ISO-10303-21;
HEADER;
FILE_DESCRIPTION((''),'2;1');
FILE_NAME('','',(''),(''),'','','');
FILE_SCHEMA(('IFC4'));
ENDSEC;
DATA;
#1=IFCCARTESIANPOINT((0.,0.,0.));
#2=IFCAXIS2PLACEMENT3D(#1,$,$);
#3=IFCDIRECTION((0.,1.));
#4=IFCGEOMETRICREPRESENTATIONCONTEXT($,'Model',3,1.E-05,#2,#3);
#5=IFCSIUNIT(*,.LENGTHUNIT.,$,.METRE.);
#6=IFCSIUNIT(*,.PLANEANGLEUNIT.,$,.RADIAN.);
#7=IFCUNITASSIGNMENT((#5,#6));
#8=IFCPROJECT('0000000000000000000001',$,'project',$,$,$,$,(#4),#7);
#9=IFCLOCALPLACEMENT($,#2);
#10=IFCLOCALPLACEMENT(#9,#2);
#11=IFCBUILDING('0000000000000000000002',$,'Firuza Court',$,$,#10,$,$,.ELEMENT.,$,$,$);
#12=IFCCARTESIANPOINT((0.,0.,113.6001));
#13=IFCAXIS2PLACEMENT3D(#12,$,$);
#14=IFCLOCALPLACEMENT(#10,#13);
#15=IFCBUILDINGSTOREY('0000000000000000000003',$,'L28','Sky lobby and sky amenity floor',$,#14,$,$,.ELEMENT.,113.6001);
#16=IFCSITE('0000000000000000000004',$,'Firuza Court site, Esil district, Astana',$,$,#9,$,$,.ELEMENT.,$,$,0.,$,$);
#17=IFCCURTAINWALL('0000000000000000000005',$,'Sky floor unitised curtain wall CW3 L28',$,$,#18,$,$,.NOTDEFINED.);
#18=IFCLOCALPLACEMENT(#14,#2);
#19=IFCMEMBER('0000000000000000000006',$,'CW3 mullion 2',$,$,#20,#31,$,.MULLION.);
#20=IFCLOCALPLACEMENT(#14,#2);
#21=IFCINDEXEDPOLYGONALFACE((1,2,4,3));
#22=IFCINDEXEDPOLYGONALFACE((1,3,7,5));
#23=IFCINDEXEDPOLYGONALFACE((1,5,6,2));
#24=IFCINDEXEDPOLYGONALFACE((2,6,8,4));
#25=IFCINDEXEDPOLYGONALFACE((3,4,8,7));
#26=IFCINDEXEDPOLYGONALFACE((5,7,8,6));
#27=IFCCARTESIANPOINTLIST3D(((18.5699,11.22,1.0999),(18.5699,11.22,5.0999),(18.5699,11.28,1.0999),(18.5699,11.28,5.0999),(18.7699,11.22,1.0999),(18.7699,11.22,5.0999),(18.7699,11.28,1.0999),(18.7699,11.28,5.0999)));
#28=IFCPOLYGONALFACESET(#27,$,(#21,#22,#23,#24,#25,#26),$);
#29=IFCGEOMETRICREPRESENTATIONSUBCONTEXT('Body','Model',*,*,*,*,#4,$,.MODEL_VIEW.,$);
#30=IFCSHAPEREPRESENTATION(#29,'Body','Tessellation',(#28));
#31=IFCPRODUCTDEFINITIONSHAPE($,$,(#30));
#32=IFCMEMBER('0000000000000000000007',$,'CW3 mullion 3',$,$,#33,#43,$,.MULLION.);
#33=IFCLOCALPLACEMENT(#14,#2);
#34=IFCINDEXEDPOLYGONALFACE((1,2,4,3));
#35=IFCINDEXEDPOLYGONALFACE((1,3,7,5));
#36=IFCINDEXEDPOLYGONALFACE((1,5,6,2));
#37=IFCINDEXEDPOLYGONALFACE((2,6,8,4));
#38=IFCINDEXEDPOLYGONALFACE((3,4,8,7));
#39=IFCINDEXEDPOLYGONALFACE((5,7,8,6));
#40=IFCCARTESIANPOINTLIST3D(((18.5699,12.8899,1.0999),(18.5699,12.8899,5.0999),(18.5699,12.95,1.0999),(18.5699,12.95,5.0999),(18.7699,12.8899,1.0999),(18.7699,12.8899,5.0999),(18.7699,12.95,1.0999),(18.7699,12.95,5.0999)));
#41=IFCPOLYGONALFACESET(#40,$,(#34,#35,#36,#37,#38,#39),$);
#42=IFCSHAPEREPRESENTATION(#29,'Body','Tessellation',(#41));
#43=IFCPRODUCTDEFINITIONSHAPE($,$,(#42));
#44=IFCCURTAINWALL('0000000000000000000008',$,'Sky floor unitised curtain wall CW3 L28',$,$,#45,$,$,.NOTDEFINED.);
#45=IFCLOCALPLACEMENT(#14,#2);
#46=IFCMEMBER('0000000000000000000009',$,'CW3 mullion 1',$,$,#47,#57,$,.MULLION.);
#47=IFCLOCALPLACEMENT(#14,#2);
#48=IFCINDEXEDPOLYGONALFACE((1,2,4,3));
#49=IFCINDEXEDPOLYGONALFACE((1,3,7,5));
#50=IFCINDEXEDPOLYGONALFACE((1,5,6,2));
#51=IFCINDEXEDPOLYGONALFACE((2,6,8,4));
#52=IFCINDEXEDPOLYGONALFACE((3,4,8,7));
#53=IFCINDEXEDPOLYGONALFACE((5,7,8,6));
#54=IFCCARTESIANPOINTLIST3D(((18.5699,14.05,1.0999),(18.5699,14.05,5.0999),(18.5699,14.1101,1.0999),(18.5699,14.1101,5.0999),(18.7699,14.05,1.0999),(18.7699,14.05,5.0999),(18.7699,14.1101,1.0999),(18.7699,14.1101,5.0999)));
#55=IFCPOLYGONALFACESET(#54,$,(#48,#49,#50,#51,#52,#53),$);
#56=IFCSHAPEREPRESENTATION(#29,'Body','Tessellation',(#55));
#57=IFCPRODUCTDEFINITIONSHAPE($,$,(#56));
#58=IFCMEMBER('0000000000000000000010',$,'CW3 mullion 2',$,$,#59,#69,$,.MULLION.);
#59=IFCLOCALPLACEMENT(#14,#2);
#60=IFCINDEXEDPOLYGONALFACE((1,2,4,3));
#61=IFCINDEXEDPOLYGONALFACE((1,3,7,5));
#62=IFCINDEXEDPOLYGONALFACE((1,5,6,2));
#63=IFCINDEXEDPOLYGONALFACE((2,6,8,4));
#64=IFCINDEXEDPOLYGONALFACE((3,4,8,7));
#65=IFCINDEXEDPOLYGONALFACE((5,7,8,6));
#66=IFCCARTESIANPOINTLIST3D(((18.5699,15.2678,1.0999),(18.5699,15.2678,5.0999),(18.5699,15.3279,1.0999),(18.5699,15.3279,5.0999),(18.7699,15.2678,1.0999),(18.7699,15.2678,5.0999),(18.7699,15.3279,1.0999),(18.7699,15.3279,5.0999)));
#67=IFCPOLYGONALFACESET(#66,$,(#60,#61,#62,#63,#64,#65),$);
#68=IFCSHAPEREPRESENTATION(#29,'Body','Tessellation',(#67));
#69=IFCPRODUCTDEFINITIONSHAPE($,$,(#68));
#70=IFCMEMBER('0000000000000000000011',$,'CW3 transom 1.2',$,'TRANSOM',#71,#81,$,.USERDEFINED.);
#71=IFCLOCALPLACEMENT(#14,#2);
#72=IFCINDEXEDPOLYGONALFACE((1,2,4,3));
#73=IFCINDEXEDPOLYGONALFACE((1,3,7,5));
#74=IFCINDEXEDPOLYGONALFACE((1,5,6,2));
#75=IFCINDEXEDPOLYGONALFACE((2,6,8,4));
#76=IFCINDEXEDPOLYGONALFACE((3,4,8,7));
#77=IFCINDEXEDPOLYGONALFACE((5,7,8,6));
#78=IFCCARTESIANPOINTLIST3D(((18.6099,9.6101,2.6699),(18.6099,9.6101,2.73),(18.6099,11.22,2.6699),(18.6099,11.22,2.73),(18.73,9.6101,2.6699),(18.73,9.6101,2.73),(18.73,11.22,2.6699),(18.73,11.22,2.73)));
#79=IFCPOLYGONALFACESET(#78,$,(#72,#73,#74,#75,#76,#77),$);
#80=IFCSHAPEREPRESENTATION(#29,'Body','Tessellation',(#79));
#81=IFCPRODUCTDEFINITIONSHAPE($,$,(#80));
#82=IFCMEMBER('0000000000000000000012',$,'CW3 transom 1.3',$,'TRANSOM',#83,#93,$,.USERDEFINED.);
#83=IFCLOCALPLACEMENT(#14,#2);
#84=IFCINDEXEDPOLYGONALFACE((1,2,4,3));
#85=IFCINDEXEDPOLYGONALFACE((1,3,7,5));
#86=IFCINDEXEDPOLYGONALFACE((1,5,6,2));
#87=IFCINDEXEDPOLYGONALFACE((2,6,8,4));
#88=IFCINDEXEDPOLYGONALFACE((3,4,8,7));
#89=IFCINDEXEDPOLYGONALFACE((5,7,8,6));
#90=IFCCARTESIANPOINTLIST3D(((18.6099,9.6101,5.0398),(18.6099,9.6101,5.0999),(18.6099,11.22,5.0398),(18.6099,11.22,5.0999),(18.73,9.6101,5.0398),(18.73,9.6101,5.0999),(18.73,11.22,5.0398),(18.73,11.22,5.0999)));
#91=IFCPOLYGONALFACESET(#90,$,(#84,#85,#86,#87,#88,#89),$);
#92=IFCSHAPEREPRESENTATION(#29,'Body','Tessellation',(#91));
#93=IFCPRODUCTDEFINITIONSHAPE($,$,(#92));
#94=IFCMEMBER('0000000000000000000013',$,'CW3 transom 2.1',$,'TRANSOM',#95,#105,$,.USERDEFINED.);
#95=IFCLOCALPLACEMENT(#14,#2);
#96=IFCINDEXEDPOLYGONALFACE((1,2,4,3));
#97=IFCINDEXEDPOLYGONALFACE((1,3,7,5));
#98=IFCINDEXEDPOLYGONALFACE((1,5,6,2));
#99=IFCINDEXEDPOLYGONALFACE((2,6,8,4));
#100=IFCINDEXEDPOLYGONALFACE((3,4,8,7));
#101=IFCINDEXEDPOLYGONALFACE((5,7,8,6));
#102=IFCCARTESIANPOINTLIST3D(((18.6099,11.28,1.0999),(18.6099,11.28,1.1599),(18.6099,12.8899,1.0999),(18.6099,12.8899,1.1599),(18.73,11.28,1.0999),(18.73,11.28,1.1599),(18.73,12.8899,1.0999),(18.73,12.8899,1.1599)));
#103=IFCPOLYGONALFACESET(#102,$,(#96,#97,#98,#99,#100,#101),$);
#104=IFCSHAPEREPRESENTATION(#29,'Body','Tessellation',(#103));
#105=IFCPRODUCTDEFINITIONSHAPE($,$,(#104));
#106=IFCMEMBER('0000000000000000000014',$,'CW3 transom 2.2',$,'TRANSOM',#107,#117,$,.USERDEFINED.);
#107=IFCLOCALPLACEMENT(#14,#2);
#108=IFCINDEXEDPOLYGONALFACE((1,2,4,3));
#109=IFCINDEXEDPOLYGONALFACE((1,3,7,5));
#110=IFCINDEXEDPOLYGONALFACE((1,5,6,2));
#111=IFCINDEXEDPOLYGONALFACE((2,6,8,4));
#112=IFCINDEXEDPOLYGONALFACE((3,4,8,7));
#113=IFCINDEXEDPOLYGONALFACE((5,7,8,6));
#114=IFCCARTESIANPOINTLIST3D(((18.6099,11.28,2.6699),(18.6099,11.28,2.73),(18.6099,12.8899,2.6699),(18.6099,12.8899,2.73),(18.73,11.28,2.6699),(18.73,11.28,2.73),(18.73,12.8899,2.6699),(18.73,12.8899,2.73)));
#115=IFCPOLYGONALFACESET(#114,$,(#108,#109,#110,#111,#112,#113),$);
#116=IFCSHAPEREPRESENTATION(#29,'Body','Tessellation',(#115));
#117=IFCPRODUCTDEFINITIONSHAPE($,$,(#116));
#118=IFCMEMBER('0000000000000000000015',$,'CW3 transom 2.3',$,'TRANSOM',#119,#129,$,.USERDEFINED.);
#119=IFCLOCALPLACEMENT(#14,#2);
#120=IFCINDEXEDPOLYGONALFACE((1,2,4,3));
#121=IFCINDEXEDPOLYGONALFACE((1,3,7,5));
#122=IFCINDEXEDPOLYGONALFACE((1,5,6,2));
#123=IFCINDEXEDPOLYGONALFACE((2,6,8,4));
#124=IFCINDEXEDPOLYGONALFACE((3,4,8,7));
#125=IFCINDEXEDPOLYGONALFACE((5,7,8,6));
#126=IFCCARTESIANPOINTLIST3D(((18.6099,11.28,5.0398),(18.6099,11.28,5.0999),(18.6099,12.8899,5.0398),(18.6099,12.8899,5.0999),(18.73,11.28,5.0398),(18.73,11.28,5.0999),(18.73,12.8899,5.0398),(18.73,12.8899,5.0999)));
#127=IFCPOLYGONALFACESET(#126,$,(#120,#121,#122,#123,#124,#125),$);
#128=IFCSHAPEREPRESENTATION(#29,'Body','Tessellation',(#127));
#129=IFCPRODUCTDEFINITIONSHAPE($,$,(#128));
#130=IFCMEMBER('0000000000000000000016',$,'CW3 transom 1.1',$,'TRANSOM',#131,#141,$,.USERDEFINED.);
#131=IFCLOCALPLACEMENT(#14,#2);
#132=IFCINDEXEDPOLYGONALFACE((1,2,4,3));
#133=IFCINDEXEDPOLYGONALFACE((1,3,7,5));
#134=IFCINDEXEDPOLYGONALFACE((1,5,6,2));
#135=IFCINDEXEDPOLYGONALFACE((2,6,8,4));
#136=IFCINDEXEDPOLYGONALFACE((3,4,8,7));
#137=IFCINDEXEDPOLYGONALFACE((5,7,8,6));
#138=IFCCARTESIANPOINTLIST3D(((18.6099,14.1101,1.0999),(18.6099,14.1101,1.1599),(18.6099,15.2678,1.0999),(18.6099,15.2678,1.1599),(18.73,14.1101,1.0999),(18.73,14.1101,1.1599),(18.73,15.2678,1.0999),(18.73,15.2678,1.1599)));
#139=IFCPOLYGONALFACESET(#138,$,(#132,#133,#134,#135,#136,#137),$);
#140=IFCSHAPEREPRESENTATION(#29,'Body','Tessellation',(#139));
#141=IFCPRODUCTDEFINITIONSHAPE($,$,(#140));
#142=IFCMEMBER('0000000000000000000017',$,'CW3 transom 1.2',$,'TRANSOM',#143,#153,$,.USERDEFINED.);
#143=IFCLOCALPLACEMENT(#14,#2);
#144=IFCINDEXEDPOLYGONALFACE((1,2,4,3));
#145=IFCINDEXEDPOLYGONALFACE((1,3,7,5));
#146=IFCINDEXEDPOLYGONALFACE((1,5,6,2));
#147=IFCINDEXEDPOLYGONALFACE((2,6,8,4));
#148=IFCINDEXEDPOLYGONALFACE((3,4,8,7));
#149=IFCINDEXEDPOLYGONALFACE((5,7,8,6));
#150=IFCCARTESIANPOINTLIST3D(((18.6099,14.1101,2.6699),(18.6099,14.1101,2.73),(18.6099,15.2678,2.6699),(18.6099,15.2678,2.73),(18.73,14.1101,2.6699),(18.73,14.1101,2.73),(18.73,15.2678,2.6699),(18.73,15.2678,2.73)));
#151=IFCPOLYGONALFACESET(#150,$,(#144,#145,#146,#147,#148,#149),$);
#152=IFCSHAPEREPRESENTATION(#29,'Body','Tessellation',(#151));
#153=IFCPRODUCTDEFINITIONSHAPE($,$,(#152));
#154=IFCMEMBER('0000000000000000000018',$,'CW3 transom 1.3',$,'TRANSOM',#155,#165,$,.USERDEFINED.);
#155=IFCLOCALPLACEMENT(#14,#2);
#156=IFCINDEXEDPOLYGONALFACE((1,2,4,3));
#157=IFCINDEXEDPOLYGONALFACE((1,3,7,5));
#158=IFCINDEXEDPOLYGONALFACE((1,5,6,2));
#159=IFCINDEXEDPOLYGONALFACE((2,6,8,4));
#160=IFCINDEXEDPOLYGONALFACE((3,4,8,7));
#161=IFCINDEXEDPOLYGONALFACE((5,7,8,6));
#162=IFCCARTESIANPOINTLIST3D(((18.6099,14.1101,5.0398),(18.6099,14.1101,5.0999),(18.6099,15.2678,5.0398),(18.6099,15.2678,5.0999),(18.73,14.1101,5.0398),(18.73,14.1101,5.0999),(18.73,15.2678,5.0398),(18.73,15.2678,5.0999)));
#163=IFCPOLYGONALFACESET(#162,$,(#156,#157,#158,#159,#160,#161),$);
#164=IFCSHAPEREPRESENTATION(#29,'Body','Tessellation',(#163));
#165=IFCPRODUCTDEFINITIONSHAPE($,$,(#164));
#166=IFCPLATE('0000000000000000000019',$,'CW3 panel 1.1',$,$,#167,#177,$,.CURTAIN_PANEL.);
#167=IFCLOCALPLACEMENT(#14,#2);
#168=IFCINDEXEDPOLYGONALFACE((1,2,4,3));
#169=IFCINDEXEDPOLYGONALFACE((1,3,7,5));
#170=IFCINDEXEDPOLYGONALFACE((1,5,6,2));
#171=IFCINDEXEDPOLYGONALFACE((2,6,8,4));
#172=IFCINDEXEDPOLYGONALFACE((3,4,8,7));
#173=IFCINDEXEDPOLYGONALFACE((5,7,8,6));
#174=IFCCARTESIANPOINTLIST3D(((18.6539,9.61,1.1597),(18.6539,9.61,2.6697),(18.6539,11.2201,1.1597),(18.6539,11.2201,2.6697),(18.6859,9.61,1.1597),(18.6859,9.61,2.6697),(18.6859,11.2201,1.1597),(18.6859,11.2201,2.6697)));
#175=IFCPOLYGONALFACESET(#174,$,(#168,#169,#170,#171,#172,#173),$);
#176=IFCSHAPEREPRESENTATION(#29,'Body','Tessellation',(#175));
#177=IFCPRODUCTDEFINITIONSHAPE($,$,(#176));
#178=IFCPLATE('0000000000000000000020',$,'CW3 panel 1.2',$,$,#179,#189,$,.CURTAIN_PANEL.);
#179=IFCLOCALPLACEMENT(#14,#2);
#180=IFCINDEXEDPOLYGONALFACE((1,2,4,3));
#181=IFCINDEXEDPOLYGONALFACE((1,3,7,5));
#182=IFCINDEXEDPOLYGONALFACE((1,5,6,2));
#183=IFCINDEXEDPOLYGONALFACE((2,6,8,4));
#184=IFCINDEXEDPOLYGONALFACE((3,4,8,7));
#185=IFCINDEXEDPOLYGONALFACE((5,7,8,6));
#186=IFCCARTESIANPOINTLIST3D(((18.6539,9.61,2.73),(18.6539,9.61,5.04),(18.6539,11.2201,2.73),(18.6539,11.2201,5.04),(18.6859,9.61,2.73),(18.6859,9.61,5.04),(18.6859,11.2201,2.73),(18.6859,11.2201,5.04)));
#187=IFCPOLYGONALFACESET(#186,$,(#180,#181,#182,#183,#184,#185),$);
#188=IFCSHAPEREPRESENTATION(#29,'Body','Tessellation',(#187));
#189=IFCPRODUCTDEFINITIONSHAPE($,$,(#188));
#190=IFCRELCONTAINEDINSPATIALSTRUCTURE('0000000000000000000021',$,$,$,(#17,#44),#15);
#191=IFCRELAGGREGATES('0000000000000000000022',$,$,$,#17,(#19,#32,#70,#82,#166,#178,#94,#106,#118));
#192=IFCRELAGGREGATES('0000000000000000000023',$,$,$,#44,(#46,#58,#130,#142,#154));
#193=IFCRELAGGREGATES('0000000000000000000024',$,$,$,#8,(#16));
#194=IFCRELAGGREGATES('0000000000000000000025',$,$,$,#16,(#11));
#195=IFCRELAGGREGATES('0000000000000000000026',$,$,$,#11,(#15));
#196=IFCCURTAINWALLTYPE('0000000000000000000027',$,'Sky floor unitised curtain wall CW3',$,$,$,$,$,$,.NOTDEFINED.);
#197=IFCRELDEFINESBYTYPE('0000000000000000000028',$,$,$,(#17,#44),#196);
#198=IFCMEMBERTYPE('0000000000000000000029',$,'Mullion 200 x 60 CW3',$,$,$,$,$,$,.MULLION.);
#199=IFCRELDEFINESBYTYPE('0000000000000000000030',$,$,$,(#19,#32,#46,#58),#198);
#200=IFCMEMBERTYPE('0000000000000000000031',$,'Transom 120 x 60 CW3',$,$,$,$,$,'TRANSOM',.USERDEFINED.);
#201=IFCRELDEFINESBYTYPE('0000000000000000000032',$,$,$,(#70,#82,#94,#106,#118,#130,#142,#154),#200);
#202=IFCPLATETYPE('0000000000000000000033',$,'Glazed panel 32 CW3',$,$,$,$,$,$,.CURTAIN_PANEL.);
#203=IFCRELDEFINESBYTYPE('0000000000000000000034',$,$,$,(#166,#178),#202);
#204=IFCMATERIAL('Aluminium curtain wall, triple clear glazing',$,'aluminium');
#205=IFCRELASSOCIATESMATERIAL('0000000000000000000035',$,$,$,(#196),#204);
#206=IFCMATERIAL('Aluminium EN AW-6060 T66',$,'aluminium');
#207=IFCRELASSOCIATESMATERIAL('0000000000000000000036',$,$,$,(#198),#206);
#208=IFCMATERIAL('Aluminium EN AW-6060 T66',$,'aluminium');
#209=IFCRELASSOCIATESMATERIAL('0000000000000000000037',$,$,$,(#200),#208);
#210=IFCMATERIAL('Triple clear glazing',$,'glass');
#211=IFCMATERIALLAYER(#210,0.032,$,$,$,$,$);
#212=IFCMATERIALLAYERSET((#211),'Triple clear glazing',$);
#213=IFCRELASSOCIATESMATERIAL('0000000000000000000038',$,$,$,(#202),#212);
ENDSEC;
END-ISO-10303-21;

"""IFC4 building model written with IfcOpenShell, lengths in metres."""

from ifc_helpers import new_model, si_unit, direction, frame, origin, origin_2d, place, context, subcontext, project, spatial, rectangle, extrude, material, layer, layer_set, material_profile, profile_set, type_object, element, aggregate, save


model = new_model("IFC4")

# Units and contexts
model_context = context("Model", 3, precision=1e-05, world=origin(), true_north=direction((0.0, 1.0)))
body_context = subcontext(model_context, "Body", "Model", "MODEL_VIEW")
ifc_project = project(units=[si_unit("LENGTHUNIT", "METRE"), si_unit("PLANEANGLEUNIT", "RADIAN")], contexts=[model_context])

# Site, building, storey
site_placement = place(None, origin())
site = spatial("IfcSite", under=ifc_project, at=site_placement, Name="Firuza Court site, Esil district, Astana", CompositionType="ELEMENT", RefElevation=0.0)
building_placement = place(site_placement, origin())
building = spatial("IfcBuilding", under=site, at=building_placement, Name="Firuza Court", CompositionType="ELEMENT")
storey_placement = place(building_placement, frame((0.0, 0.0, 113.6001)))
storey = spatial("IfcBuildingStorey", under=building, at=storey_placement, Name="L28", Description="Sky lobby and sky amenity floor", CompositionType="ELEMENT", Elevation=113.6001)

# Curtain walls, members
ifc_material_1 = material(Name="Aluminium curtain wall, triple clear glazing", Category="aluminium")
curtain_wall_type = type_object("IfcCurtainWallType", Name="Sky floor unitised curtain wall CW3", PredefinedType="NOTDEFINED", material=ifc_material_1)
curtain_wall_1_placement = place(storey_placement, origin())
curtain_wall_1 = element("IfcCurtainWall", 1, at=curtain_wall_1_placement, inside=storey, type_object=curtain_wall_type, Name="Sky floor unitised curtain wall CW3 L28", PredefinedType="NOTDEFINED")
ifc_material_2 = material(Name="Aluminium EN AW-6060 T66", Category="aluminium")
ifc_material_profile_1 = material_profile(ifc_material_2, rectangle(XDim=0.2, YDim=0.0601, at=origin_2d()), Name="Mullion 200 x 60 CW3")
ifc_profile_set_1 = profile_set([ifc_material_profile_1], Name="Aluminium EN AW-6060 T66")
member_type_1 = type_object("IfcMemberType", Name="Mullion 200 x 60 CW3", PredefinedType="MULLION", material=ifc_profile_set_1)
member_1_placement = place(storey_placement, frame((18.6699, 11.25, 1.0999), z_axis=(0.0, 0.0, 1.0), x_axis=(-1.0, 0.0, 0.0)))
member_1 = element("IfcMember", 2, at=member_1_placement, type_object=member_type_1, Name="CW3 mullion 2", PredefinedType="MULLION", context=body_context, shape_type="SweptSolid", body=[
    extrude(rectangle(XDim=0.2, YDim=0.0601, at=origin_2d()), origin(), (0.0, 0.0, 1.0), 4.0),
])
member_2_placement = place(storey_placement, frame((18.6699, 12.9199, 1.0999), z_axis=(0.0, 0.0, 1.0), x_axis=(-1.0, 0.0, 0.0)))
member_2 = element("IfcMember", 3, at=member_2_placement, type_object=member_type_1, Name="CW3 mullion 3", PredefinedType="MULLION", context=body_context, shape_type="SweptSolid", body=[
    extrude(rectangle(XDim=0.2, YDim=0.0601, at=origin_2d()), origin(), (0.0, 0.0, 1.0), 4.0),
])
curtain_wall_2_placement = place(storey_placement, origin())
curtain_wall_2 = element("IfcCurtainWall", 4, at=curtain_wall_2_placement, inside=storey, type_object=curtain_wall_type, Name="Sky floor unitised curtain wall CW3 L28", PredefinedType="NOTDEFINED")
member_3_placement = place(storey_placement, frame((18.6699, 14.0801, 1.0999), z_axis=(0.0, 0.0, 1.0), x_axis=(-1.0, 0.0, 0.0)))
member_3 = element("IfcMember", 5, at=member_3_placement, type_object=member_type_1, Name="CW3 mullion 1", PredefinedType="MULLION", context=body_context, shape_type="SweptSolid", body=[
    extrude(rectangle(XDim=0.2, YDim=0.0601, at=origin_2d()), origin(), (0.0, 0.0, 1.0), 4.0),
])
member_4_placement = place(storey_placement, frame((18.6699, 15.2979, 1.0999), z_axis=(0.0, 0.0, 1.0), x_axis=(-1.0, 0.0, 0.0)))
member_4 = element("IfcMember", 6, at=member_4_placement, type_object=member_type_1, Name="CW3 mullion 2", PredefinedType="MULLION", context=body_context, shape_type="SweptSolid", body=[
    extrude(rectangle(XDim=0.2, YDim=0.0601, at=origin_2d()), origin(), (0.0, 0.0, 1.0), 4.0),
])

# Members
ifc_material_3 = material(Name="Aluminium EN AW-6060 T66", Category="aluminium")
ifc_material_profile_2 = material_profile(ifc_material_3, rectangle(XDim=0.1201, YDim=0.0601, at=origin_2d()), Name="Transom 120 x 60 CW3")
ifc_profile_set_2 = profile_set([ifc_material_profile_2], Name="Aluminium EN AW-6060 T66")
member_type_2 = type_object("IfcMemberType", Name="Transom 120 x 60 CW3", ElementType="TRANSOM", PredefinedType="USERDEFINED", material=ifc_profile_set_2)
member_5_placement = place(storey_placement, frame((18.6699, 9.6101, 2.7), z_axis=(0.0, 1.0, 0.0), x_axis=(-1.0, 0.0, 0.0)))
member_5 = element("IfcMember", 7, at=member_5_placement, type_object=member_type_2, Name="CW3 transom 1.2", ObjectType="TRANSOM", PredefinedType="USERDEFINED", context=body_context, shape_type="SweptSolid", body=[
    extrude(rectangle(XDim=0.1201, YDim=0.0601, at=origin_2d()), origin(), (0.0, 0.0, 1.0), 1.6099),
])
member_6_placement = place(storey_placement, frame((18.6699, 9.6101, 5.0698), z_axis=(0.0, 1.0, 0.0), x_axis=(-1.0, 0.0, 0.0)))
member_6 = element("IfcMember", 8, at=member_6_placement, type_object=member_type_2, Name="CW3 transom 1.3", ObjectType="TRANSOM", PredefinedType="USERDEFINED", context=body_context, shape_type="SweptSolid", body=[
    extrude(rectangle(XDim=0.1201, YDim=0.0601, at=origin_2d()), origin(), (0.0, 0.0, 1.0), 1.6099),
])
member_7_placement = place(storey_placement, frame((18.6699, 11.28, 1.1299), z_axis=(0.0, 1.0, 0.0), x_axis=(-1.0, 0.0, 0.0)))
member_7 = element("IfcMember", 9, at=member_7_placement, type_object=member_type_2, Name="CW3 transom 2.1", ObjectType="TRANSOM", PredefinedType="USERDEFINED", context=body_context, shape_type="SweptSolid", body=[
    extrude(rectangle(XDim=0.1201, YDim=0.0601, at=origin_2d()), origin(), (0.0, 0.0, 1.0), 1.6099),
])
member_8_placement = place(storey_placement, frame((18.6699, 11.28, 2.7), z_axis=(0.0, 1.0, 0.0), x_axis=(-1.0, 0.0, 0.0)))
member_8 = element("IfcMember", 10, at=member_8_placement, type_object=member_type_2, Name="CW3 transom 2.2", ObjectType="TRANSOM", PredefinedType="USERDEFINED", context=body_context, shape_type="SweptSolid", body=[
    extrude(rectangle(XDim=0.1201, YDim=0.0601, at=origin_2d()), origin(), (0.0, 0.0, 1.0), 1.6099),
])
member_9_placement = place(storey_placement, frame((18.6699, 11.28, 5.0698), z_axis=(0.0, 1.0, 0.0), x_axis=(-1.0, 0.0, 0.0)))
member_9 = element("IfcMember", 11, at=member_9_placement, type_object=member_type_2, Name="CW3 transom 2.3", ObjectType="TRANSOM", PredefinedType="USERDEFINED", context=body_context, shape_type="SweptSolid", body=[
    extrude(rectangle(XDim=0.1201, YDim=0.0601, at=origin_2d()), origin(), (0.0, 0.0, 1.0), 1.6099),
])
member_10_placement = place(storey_placement, frame((18.6699, 14.1101, 1.1299), z_axis=(0.0, 1.0, 0.0), x_axis=(-1.0, 0.0, 0.0)))
member_10 = element("IfcMember", 12, at=member_10_placement, type_object=member_type_2, Name="CW3 transom 1.1", ObjectType="TRANSOM", PredefinedType="USERDEFINED", context=body_context, shape_type="SweptSolid", body=[
    extrude(rectangle(XDim=0.1201, YDim=0.0601, at=origin_2d()), origin(), (0.0, 0.0, 1.0), 1.1577),
])
member_11_placement = place(storey_placement, frame((18.6699, 14.1101, 2.7), z_axis=(0.0, 1.0, 0.0), x_axis=(-1.0, 0.0, 0.0)))
member_11 = element("IfcMember", 13, at=member_11_placement, type_object=member_type_2, Name="CW3 transom 1.2", ObjectType="TRANSOM", PredefinedType="USERDEFINED", context=body_context, shape_type="SweptSolid", body=[
    extrude(rectangle(XDim=0.1201, YDim=0.0601, at=origin_2d()), origin(), (0.0, 0.0, 1.0), 1.1577),
])
member_12_placement = place(storey_placement, frame((18.6699, 14.1101, 5.0698), z_axis=(0.0, 1.0, 0.0), x_axis=(-1.0, 0.0, 0.0)))
member_12 = element("IfcMember", 14, at=member_12_placement, type_object=member_type_2, Name="CW3 transom 1.3", ObjectType="TRANSOM", PredefinedType="USERDEFINED", context=body_context, shape_type="SweptSolid", body=[
    extrude(rectangle(XDim=0.1201, YDim=0.0601, at=origin_2d()), origin(), (0.0, 0.0, 1.0), 1.1577),
])

# Plates
ifc_material_4 = material(Name="Triple clear glazing", Category="glass")
ifc_layer_1 = layer(ifc_material_4, 0.032)
ifc_layer_set_1 = layer_set([ifc_layer_1], Name="Triple clear glazing")
plate_type = type_object("IfcPlateType", Name="Glazed panel 32 CW3", PredefinedType="CURTAIN_PANEL", material=ifc_layer_set_1)
plate_1_placement = place(storey_placement, frame((18.6699, 10.415, 1.1597), z_axis=(0.0, 0.0, 1.0), x_axis=(0.0, 1.0, 0.0)))
plate_1 = element("IfcPlate", 15, at=plate_1_placement, type_object=plate_type, Name="CW3 panel 1.1", PredefinedType="CURTAIN_PANEL", context=body_context, shape_type="SweptSolid", body=[
    extrude(rectangle(XDim=1.6101, YDim=0.032, at=origin_2d()), origin(), (0.0, 0.0, 1.0), 1.51),
])
plate_2_placement = place(storey_placement, frame((18.6699, 10.415, 2.73), z_axis=(0.0, 0.0, 1.0), x_axis=(0.0, 1.0, 0.0)))
plate_2 = element("IfcPlate", 16, at=plate_2_placement, type_object=plate_type, Name="CW3 panel 1.2", PredefinedType="CURTAIN_PANEL", context=body_context, shape_type="SweptSolid", body=[
    extrude(rectangle(XDim=1.6101, YDim=0.032, at=origin_2d()), origin(), (0.0, 0.0, 1.0), 2.3101),
])
aggregate(curtain_wall_1, [member_1, member_2, member_5, member_6, plate_1, plate_2, member_7, member_8, member_9])
aggregate(curtain_wall_2, [member_3, member_4, member_10, member_11, member_12])

save(model, "model.ifc")
